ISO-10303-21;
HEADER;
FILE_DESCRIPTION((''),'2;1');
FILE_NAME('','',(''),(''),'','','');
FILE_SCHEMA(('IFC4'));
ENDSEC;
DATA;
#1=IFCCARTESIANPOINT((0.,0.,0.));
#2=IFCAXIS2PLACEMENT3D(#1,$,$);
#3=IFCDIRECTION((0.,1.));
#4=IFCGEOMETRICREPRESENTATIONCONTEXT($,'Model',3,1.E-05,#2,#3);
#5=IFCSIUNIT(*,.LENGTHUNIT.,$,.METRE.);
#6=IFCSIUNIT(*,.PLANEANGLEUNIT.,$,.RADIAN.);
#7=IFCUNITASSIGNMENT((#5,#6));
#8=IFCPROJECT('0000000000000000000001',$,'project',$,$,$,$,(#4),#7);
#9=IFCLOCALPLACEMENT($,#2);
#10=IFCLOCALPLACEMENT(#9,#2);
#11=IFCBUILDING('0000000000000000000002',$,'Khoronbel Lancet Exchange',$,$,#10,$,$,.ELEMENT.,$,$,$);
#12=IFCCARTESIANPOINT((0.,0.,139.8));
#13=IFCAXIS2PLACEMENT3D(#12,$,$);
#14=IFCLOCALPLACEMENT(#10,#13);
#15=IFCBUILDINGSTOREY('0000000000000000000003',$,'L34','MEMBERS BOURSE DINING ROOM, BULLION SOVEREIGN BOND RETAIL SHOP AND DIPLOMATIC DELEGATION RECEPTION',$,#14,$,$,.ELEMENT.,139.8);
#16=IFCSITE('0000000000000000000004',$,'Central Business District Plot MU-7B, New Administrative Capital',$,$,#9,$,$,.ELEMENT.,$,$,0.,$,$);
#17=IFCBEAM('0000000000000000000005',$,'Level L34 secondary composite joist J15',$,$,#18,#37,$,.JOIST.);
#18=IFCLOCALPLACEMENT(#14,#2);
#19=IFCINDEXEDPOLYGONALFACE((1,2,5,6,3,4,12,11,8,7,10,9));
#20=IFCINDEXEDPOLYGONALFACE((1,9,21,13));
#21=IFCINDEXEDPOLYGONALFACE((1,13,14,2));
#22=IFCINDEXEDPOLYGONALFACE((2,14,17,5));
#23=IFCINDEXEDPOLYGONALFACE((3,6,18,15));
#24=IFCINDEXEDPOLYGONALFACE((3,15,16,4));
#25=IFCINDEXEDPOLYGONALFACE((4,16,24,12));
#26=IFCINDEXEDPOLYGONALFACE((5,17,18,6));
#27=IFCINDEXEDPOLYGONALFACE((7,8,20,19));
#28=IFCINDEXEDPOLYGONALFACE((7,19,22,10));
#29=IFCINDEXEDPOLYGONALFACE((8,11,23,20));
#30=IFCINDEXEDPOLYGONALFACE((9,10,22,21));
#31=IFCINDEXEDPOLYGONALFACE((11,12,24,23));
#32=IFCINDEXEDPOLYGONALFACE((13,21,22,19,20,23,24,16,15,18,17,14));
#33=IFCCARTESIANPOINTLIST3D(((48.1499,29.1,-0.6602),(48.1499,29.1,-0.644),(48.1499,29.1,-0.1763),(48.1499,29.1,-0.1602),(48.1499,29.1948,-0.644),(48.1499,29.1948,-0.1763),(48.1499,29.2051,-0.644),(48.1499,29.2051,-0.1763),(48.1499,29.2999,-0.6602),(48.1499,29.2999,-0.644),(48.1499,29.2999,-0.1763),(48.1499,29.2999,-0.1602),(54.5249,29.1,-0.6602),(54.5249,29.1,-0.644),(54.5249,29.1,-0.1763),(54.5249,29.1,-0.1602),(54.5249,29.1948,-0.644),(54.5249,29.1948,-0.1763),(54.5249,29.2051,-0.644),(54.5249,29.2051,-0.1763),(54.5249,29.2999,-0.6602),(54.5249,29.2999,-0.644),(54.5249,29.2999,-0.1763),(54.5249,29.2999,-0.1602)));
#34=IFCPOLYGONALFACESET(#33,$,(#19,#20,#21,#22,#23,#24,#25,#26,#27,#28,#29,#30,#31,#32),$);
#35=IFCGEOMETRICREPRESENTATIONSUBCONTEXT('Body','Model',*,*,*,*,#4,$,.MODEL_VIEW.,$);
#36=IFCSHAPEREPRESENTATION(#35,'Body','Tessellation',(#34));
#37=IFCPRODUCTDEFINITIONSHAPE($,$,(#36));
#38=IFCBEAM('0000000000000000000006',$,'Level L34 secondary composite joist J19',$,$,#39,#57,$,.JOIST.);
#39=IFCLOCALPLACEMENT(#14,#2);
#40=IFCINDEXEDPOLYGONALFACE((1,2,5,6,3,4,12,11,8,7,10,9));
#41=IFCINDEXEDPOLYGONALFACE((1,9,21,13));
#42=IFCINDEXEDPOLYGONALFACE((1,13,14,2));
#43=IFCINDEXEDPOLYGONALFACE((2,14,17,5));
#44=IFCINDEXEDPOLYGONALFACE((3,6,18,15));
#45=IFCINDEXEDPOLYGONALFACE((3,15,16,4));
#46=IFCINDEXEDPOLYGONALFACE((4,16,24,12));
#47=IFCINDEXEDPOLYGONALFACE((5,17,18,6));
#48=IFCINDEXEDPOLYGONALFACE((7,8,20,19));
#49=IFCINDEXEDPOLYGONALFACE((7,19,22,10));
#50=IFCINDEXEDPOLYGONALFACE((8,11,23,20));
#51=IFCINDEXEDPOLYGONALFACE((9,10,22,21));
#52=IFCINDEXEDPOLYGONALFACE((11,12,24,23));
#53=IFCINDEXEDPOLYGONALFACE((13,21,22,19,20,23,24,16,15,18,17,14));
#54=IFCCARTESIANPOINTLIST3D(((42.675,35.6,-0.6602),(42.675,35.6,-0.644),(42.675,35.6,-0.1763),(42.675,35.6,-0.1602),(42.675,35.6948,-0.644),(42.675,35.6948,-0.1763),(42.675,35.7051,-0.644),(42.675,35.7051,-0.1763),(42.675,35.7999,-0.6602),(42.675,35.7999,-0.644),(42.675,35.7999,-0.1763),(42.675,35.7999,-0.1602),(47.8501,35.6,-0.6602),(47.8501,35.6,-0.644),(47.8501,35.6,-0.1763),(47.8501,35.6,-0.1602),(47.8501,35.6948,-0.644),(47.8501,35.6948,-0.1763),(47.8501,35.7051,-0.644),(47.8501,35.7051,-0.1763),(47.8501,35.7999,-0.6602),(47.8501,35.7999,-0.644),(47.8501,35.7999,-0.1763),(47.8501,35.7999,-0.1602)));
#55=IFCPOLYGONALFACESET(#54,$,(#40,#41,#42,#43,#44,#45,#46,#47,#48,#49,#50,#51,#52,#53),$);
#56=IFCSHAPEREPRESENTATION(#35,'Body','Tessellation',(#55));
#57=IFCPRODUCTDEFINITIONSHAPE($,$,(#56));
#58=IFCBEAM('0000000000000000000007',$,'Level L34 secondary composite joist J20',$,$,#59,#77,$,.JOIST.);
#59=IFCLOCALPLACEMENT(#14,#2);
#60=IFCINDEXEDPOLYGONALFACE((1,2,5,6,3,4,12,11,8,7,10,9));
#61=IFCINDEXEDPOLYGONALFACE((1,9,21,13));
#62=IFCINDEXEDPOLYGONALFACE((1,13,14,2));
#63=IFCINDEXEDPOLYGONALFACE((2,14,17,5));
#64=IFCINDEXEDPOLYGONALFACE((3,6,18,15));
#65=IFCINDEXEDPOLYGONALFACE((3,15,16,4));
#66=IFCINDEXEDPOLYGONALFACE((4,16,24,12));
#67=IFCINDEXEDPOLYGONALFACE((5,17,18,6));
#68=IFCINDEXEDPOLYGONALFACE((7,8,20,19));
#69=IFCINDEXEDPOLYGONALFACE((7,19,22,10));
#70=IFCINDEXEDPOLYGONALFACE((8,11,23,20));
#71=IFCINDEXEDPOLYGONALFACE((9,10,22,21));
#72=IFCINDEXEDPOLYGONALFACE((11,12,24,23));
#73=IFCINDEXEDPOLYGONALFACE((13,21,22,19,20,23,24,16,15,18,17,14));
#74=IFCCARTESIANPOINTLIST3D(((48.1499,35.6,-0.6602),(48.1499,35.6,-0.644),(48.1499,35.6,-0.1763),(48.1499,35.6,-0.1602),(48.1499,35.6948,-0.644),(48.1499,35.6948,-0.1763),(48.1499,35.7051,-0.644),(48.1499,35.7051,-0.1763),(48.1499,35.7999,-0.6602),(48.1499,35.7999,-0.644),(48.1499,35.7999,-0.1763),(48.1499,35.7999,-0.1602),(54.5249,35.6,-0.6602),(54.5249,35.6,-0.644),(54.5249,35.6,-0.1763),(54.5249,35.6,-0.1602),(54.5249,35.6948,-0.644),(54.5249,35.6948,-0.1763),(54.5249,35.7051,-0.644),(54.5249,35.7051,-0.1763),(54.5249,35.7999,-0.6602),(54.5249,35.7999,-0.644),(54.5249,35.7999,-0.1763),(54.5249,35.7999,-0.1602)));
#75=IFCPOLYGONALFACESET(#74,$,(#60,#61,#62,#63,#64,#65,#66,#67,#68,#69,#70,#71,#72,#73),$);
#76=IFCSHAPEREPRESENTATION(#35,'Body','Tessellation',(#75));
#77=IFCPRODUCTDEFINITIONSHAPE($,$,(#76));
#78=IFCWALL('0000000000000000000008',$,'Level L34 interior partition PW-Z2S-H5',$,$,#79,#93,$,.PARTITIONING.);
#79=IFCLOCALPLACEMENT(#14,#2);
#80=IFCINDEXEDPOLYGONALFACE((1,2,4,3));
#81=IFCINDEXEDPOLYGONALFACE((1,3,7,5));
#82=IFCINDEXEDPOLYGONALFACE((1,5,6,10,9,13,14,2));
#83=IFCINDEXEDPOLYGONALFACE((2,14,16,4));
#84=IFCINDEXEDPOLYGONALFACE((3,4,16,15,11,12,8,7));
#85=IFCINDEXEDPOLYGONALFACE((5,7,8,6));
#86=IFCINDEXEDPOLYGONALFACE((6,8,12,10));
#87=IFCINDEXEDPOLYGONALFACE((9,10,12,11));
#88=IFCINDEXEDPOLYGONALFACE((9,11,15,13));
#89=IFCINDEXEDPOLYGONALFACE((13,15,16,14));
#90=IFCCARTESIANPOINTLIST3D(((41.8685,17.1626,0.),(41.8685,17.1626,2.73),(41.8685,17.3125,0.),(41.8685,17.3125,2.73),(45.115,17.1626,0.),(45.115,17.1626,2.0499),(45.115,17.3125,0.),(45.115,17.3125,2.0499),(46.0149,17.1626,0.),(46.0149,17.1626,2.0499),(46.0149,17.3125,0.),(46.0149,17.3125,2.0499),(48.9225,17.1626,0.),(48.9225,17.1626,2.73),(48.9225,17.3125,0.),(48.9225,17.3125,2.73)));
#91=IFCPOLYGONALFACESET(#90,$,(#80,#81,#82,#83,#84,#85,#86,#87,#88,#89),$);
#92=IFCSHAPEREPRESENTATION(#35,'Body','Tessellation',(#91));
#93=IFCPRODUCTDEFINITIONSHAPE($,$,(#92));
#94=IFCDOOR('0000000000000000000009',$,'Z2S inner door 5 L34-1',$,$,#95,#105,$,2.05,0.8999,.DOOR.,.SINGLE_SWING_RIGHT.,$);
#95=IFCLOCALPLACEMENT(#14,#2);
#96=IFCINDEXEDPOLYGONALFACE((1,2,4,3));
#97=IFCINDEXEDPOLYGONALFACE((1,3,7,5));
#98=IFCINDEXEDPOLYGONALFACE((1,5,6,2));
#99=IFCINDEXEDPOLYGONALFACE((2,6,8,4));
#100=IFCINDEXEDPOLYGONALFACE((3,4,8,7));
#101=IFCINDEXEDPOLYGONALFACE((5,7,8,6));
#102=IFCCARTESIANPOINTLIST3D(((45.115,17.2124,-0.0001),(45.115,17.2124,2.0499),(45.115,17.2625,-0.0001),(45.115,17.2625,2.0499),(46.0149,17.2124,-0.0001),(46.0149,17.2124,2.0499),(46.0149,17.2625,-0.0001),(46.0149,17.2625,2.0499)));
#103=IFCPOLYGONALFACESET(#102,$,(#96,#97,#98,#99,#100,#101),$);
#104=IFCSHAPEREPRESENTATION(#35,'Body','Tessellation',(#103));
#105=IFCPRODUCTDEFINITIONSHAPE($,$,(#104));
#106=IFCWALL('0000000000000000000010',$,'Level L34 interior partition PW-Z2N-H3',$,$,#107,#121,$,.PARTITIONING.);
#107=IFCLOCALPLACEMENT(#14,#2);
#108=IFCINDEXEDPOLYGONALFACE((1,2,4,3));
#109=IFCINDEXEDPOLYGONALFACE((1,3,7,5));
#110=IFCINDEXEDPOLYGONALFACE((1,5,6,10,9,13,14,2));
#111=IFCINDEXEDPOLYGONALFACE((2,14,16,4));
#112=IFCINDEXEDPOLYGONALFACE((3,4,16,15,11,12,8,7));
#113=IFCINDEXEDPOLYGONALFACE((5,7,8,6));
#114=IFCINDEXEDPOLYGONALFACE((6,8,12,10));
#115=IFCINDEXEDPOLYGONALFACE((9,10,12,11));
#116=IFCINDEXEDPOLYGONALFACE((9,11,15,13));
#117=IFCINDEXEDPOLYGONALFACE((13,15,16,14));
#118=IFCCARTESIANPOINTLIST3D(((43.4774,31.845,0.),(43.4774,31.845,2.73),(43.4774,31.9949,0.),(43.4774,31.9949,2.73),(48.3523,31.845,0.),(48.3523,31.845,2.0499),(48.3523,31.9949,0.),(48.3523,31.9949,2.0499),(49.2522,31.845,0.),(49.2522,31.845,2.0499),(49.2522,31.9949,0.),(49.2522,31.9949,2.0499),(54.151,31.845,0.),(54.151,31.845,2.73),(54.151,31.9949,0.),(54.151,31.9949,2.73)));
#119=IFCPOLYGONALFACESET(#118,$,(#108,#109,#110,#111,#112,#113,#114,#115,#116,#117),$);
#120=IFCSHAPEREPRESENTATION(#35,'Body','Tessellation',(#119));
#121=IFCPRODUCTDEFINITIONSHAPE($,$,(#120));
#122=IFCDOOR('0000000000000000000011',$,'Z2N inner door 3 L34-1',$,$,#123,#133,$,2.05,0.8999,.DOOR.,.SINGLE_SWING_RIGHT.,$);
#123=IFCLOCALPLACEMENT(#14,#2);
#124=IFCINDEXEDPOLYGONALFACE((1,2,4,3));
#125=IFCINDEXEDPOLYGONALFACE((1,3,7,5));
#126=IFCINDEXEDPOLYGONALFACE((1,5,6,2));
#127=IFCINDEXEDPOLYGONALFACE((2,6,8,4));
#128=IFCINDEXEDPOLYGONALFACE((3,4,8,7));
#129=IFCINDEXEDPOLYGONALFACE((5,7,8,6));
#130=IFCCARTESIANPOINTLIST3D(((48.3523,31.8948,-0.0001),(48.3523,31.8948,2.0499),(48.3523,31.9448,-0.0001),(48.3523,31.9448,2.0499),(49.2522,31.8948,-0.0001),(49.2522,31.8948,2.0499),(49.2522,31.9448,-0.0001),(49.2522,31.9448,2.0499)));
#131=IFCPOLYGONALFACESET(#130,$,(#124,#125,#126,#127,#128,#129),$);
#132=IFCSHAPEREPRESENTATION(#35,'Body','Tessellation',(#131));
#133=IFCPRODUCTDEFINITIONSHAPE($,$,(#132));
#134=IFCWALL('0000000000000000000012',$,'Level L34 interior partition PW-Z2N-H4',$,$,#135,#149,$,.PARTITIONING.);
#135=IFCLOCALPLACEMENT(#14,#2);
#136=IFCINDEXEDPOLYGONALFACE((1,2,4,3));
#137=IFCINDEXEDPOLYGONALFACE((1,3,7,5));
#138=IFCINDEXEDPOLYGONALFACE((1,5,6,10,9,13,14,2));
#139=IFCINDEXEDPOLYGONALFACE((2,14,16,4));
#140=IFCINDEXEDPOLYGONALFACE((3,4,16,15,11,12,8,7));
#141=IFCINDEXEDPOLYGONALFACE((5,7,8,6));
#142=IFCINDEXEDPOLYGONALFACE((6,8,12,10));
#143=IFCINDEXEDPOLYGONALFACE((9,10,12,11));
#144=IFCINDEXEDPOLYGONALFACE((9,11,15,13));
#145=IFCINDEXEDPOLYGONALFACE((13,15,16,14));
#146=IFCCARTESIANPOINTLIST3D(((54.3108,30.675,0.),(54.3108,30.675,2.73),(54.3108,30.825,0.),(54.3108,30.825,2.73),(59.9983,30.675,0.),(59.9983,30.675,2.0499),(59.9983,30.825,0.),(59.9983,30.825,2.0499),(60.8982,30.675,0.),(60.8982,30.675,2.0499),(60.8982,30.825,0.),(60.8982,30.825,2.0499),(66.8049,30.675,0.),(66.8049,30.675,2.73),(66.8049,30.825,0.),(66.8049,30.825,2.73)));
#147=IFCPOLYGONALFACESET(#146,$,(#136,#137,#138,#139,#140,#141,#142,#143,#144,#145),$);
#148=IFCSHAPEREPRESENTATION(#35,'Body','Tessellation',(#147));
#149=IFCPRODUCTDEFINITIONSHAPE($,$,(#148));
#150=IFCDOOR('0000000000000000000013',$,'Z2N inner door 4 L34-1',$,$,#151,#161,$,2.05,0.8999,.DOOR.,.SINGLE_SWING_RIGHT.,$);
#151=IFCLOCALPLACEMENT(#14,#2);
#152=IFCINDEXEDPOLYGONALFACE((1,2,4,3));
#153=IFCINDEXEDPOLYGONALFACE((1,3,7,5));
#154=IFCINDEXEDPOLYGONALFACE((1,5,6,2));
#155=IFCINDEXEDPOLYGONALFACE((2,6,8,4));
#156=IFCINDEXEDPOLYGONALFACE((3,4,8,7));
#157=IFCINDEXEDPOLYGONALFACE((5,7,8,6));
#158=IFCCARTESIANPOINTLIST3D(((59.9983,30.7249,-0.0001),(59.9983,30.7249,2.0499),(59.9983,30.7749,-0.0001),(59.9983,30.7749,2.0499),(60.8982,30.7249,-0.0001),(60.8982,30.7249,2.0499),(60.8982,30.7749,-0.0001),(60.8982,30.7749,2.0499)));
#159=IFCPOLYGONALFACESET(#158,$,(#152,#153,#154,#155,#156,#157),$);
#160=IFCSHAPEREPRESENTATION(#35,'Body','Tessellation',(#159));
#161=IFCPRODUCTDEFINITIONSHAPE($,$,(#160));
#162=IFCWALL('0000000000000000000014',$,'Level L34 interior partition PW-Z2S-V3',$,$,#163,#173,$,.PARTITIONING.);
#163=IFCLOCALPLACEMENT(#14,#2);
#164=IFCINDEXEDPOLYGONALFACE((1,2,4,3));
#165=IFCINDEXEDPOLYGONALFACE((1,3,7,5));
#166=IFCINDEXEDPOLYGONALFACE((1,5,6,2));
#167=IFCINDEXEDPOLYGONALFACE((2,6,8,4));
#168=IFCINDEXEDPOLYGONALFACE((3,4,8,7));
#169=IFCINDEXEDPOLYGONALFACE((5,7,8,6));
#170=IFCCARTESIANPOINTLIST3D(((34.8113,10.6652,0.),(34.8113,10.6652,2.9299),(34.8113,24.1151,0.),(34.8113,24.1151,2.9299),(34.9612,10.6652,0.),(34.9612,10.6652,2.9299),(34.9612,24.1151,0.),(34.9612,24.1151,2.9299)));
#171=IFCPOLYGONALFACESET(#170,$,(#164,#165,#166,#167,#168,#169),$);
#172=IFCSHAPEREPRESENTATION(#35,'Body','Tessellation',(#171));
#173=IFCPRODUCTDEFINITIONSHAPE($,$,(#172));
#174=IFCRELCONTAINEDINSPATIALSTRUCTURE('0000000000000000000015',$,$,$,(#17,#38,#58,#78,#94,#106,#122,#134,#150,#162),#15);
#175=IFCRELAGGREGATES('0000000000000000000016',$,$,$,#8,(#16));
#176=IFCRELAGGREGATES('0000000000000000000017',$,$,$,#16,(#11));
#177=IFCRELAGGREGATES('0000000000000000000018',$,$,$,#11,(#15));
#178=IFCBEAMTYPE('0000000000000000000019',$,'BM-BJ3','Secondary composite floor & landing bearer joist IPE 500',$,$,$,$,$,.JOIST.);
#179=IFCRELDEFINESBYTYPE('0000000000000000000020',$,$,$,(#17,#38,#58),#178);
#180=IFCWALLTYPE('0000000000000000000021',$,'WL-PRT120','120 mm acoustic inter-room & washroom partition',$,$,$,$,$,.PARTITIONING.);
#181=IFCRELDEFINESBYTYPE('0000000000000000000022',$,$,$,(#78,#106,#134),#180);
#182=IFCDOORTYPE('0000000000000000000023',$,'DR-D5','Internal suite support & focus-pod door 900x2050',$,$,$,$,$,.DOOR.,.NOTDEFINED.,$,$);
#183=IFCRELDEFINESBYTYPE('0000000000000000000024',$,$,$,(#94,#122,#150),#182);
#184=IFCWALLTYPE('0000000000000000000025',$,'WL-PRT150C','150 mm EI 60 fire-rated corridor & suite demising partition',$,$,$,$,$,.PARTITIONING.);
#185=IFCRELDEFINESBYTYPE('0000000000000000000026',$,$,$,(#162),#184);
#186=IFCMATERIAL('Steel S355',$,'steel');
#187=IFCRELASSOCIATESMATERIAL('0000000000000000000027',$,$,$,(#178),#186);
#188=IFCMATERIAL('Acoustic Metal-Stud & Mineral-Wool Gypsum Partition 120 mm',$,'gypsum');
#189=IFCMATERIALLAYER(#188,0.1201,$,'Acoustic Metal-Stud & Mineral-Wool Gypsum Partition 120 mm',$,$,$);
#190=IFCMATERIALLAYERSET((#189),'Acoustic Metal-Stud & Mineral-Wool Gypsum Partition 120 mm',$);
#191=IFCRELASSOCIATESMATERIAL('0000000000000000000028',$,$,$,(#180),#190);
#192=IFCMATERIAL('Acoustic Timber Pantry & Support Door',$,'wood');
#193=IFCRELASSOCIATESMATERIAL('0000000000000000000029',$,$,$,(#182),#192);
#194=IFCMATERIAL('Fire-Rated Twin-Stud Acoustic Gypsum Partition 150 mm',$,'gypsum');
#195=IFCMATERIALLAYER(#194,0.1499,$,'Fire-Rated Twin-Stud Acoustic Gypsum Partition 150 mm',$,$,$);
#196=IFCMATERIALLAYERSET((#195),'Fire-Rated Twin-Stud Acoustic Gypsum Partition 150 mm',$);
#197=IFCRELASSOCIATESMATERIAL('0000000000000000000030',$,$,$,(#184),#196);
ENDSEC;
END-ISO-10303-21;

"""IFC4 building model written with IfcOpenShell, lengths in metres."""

from ifc_helpers import new_model, si_unit, direction, frame, frame_2d, origin, origin_2d, place, context, subcontext, project, spatial, rectangle, i_section, extrude, material, layer, layer_set, material_profile, profile_set, type_object, element, fill, save


model = new_model("IFC4")

# Units and contexts
model_context = context("Model", 3, precision=1e-05, world=origin(), true_north=direction((0.0, 1.0)))
body_context = subcontext(model_context, "Body", "Model", "MODEL_VIEW")
ifc_project = project(units=[si_unit("LENGTHUNIT", "METRE"), si_unit("PLANEANGLEUNIT", "RADIAN")], contexts=[model_context])

# Site, building, storey
site_placement = place(None, origin())
site = spatial("IfcSite", under=ifc_project, at=site_placement, Name="Central Business District Plot MU-7B, New Administrative Capital", CompositionType="ELEMENT", RefElevation=0.0)
building_placement = place(site_placement, origin())
building = spatial("IfcBuilding", under=site, at=building_placement, Name="Khoronbel Lancet Exchange", CompositionType="ELEMENT")
storey_placement = place(building_placement, frame((0.0, 0.0, 139.8)))
storey = spatial("IfcBuildingStorey", under=building, at=storey_placement, Name="L34", Description="MEMBERS BOURSE DINING ROOM, BULLION SOVEREIGN BOND RETAIL SHOP AND DIPLOMATIC DELEGATION RECEPTION", CompositionType="ELEMENT", Elevation=139.8)

# Beams
ifc_material_1 = material(Name="Steel S355", Category="steel")
ifc_material_profile_1 = material_profile(ifc_material_1, i_section(OverallWidth=0.2, OverallDepth=0.5, WebThickness=0.0103, FlangeThickness=0.0161, at=origin_2d()), Name="IPE 500")
ifc_profile_set_1 = profile_set([ifc_material_profile_1], Name="Steel S355")
beam_type_1 = type_object("IfcBeamType", Name="BM-BJ3", Description="Secondary composite floor & landing bearer joist IPE 500", PredefinedType="JOIST", material=ifc_profile_set_1)
beam_1_placement = place(storey_placement, frame((48.1499, 29.2, -0.4102), z_axis=(1.0, 0.0, 0.0), x_axis=(0.0, 1.0, 0.0)))
element("IfcBeam", 1, at=beam_1_placement, inside=storey, type_object=beam_type_1, Name="Level L34 secondary composite joist J15", PredefinedType="JOIST", context=body_context, shape_type="SweptSolid", body=[
    extrude(i_section(OverallWidth=0.2, OverallDepth=0.5, WebThickness=0.0103, FlangeThickness=0.0161, at=origin_2d()), origin(), (0.0, 0.0, 1.0), 6.375),
])
beam_2_placement = place(storey_placement, frame((42.675, 35.7, -0.4102), z_axis=(1.0, 0.0, 0.0), x_axis=(0.0, 1.0, 0.0)))
element("IfcBeam", 2, at=beam_2_placement, inside=storey, type_object=beam_type_1, Name="Level L34 secondary composite joist J19", PredefinedType="JOIST", context=body_context, shape_type="SweptSolid", body=[
    extrude(i_section(OverallWidth=0.2, OverallDepth=0.5, WebThickness=0.0103, FlangeThickness=0.0161, at=origin_2d()), origin(), (0.0, 0.0, 1.0), 5.175),
])
beam_3_placement = place(storey_placement, frame((48.1499, 35.7, -0.4102), z_axis=(1.0, 0.0, 0.0), x_axis=(0.0, 1.0, 0.0)))
element("IfcBeam", 3, at=beam_3_placement, inside=storey, type_object=beam_type_1, Name="Level L34 secondary composite joist J20", PredefinedType="JOIST", context=body_context, shape_type="SweptSolid", body=[
    extrude(i_section(OverallWidth=0.2, OverallDepth=0.5, WebThickness=0.0103, FlangeThickness=0.0161, at=origin_2d()), origin(), (0.0, 0.0, 1.0), 6.375),
])

# Walls, openings, doors
ifc_material_2 = material(Name="Acoustic Metal-Stud & Mineral-Wool Gypsum Partition 120 mm", Category="gypsum")
ifc_layer_1 = layer(ifc_material_2, 0.1201, Name="Acoustic Metal-Stud & Mineral-Wool Gypsum Partition 120 mm")
ifc_layer_set_1 = layer_set([ifc_layer_1], Name="Acoustic Metal-Stud & Mineral-Wool Gypsum Partition 120 mm")
wall_type_1 = type_object("IfcWallType", Name="WL-PRT120", Description="120 mm acoustic inter-room & washroom partition", PredefinedType="PARTITIONING", material=ifc_layer_set_1)
wall_1_placement = place(storey_placement, frame((41.8687, 17.2375, 0.0), z_axis=(0.0, 0.0, 1.0), x_axis=(1.0, 0.0, 0.0)))
wall_1 = element("IfcWall", 4, at=wall_1_placement, inside=storey, type_object=wall_type_1, Name="Level L34 interior partition PW-Z2S-H5", PredefinedType="PARTITIONING", context=body_context, shape_type="SweptSolid", body=[
    extrude(rectangle(XDim=7.054, YDim=0.1499, at=frame_2d((3.5269, 0.0))), origin(), (0.0, 0.0, 1.0), 2.73),
])
opening_1_placement = place(wall_1_placement, frame((3.2463, 0.0, 0.0)))
opening_1 = element("IfcOpeningElement", 5, at=opening_1_placement, cuts=wall_1, PredefinedType="OPENING", context=body_context, shape_type="SweptSolid", body=[
    extrude(rectangle(XDim=0.8999, YDim=2.05, at=frame_2d((0.45, 1.0249))), frame((0.0, 0.085, 0.0), z_axis=(0.0, -1.0, 0.0), x_axis=(1.0, 0.0, 0.0)), (0.0, 0.0, 1.0), 0.1699),
])
ifc_material_3 = material(Name="Acoustic Timber Pantry & Support Door", Category="wood")
door_type_1 = type_object("IfcDoorType", Name="DR-D5", Description="Internal suite support & focus-pod door 900x2050", OperationType="NOTDEFINED", PredefinedType="DOOR", material=ifc_material_3)
door_1_placement = place(opening_1_placement, origin())
door_1 = element("IfcDoor", 6, at=door_1_placement, inside=storey, type_object=door_type_1, Name="Z2S inner door 5 L34-1", OperationType="SINGLE_SWING_RIGHT", OverallHeight=2.05, OverallWidth=0.8999, PredefinedType="DOOR", context=body_context, shape_type="SweptSolid", body=[
    extrude(rectangle(XDim=0.8999, YDim=2.05, at=frame_2d((0.45, 1.0249))), frame((0.0, 0.0249, 0.0), z_axis=(0.0, -1.0, 0.0), x_axis=(1.0, 0.0, 0.0)), (0.0, 0.0, 1.0), 0.05),
])
fill(opening_1, door_1)
wall_2_placement = place(storey_placement, frame((43.4773, 31.9199, 0.0), z_axis=(0.0, 0.0, 1.0), x_axis=(1.0, 0.0, 0.0)))
wall_2 = element("IfcWall", 7, at=wall_2_placement, inside=storey, type_object=wall_type_1, Name="Level L34 interior partition PW-Z2N-H3", PredefinedType="PARTITIONING", context=body_context, shape_type="SweptSolid", body=[
    extrude(rectangle(XDim=10.6736, YDim=0.1499, at=frame_2d((5.3369, 0.0))), origin(), (0.0, 0.0, 1.0), 2.73),
])
opening_2_placement = place(wall_2_placement, frame((4.875, 0.0, 0.0)))
opening_2 = element("IfcOpeningElement", 8, at=opening_2_placement, cuts=wall_2, PredefinedType="OPENING", context=body_context, shape_type="SweptSolid", body=[
    extrude(rectangle(XDim=0.8999, YDim=2.05, at=frame_2d((0.45, 1.0249))), frame((0.0, 0.085, 0.0), z_axis=(0.0, -1.0, 0.0), x_axis=(1.0, 0.0, 0.0)), (0.0, 0.0, 1.0), 0.1699),
])
door_2_placement = place(opening_2_placement, origin())
door_2 = element("IfcDoor", 9, at=door_2_placement, inside=storey, type_object=door_type_1, Name="Z2N inner door 3 L34-1", OperationType="SINGLE_SWING_RIGHT", OverallHeight=2.05, OverallWidth=0.8999, PredefinedType="DOOR", context=body_context, shape_type="SweptSolid", body=[
    extrude(rectangle(XDim=0.8999, YDim=2.05, at=frame_2d((0.45, 1.0249))), frame((0.0, 0.0249, 0.0), z_axis=(0.0, -1.0, 0.0), x_axis=(1.0, 0.0, 0.0)), (0.0, 0.0, 1.0), 0.05),
])
fill(opening_2, door_2)
wall_3_placement = place(storey_placement, frame((54.3108, 30.75, 0.0), z_axis=(0.0, 0.0, 1.0), x_axis=(1.0, 0.0, 0.0)))
wall_3 = element("IfcWall", 10, at=wall_3_placement, inside=storey, type_object=wall_type_1, Name="Level L34 interior partition PW-Z2N-H4", PredefinedType="PARTITIONING", context=body_context, shape_type="SweptSolid", body=[
    extrude(rectangle(XDim=12.4941, YDim=0.1499, at=frame_2d((6.2471, 0.0))), origin(), (0.0, 0.0, 1.0), 2.73),
])
opening_3_placement = place(wall_3_placement, frame((5.6875, 0.0, 0.0)))
opening_3 = element("IfcOpeningElement", 11, at=opening_3_placement, cuts=wall_3, PredefinedType="OPENING", context=body_context, shape_type="SweptSolid", body=[
    extrude(rectangle(XDim=0.8999, YDim=2.05, at=frame_2d((0.45, 1.0249))), frame((0.0, 0.085, 0.0), z_axis=(0.0, -1.0, 0.0), x_axis=(1.0, 0.0, 0.0)), (0.0, 0.0, 1.0), 0.1699),
])
door_3_placement = place(opening_3_placement, origin())
door_3 = element("IfcDoor", 12, at=door_3_placement, inside=storey, type_object=door_type_1, Name="Z2N inner door 4 L34-1", OperationType="SINGLE_SWING_RIGHT", OverallHeight=2.05, OverallWidth=0.8999, PredefinedType="DOOR", context=body_context, shape_type="SweptSolid", body=[
    extrude(rectangle(XDim=0.8999, YDim=2.05, at=frame_2d((0.45, 1.0249))), frame((0.0, 0.0249, 0.0), z_axis=(0.0, -1.0, 0.0), x_axis=(1.0, 0.0, 0.0)), (0.0, 0.0, 1.0), 0.05),
])
fill(opening_3, door_3)

# Wall
ifc_material_4 = material(Name="Fire-Rated Twin-Stud Acoustic Gypsum Partition 150 mm", Category="gypsum")
ifc_layer_2 = layer(ifc_material_4, 0.1499, Name="Fire-Rated Twin-Stud Acoustic Gypsum Partition 150 mm")
ifc_layer_set_2 = layer_set([ifc_layer_2], Name="Fire-Rated Twin-Stud Acoustic Gypsum Partition 150 mm")
wall_type_2 = type_object("IfcWallType", Name="WL-PRT150C", Description="150 mm EI 60 fire-rated corridor & suite demising partition", PredefinedType="PARTITIONING", material=ifc_layer_set_2)
for number, where, z_axis, x_axis, name in (
    (13, (34.8862, 10.665, 0.0), (0.0, 0.0, 1.0), (0.0, 1.0, 0.0), "Level L34 interior partition PW-Z2S-V3"),
):
    element("IfcWall", number, at=place(storey_placement, frame(where, z_axis=z_axis, x_axis=x_axis)), inside=storey, type_object=wall_type_2, Name=name, PredefinedType="PARTITIONING", context=body_context, shape_type="SweptSolid", body=[
        extrude(rectangle(XDim=13.45, YDim=0.1499, at=frame_2d((6.7251, 0.0))), origin(), (0.0, 0.0, 1.0), 2.9299),
    ])

save(model, "model.ifc")
